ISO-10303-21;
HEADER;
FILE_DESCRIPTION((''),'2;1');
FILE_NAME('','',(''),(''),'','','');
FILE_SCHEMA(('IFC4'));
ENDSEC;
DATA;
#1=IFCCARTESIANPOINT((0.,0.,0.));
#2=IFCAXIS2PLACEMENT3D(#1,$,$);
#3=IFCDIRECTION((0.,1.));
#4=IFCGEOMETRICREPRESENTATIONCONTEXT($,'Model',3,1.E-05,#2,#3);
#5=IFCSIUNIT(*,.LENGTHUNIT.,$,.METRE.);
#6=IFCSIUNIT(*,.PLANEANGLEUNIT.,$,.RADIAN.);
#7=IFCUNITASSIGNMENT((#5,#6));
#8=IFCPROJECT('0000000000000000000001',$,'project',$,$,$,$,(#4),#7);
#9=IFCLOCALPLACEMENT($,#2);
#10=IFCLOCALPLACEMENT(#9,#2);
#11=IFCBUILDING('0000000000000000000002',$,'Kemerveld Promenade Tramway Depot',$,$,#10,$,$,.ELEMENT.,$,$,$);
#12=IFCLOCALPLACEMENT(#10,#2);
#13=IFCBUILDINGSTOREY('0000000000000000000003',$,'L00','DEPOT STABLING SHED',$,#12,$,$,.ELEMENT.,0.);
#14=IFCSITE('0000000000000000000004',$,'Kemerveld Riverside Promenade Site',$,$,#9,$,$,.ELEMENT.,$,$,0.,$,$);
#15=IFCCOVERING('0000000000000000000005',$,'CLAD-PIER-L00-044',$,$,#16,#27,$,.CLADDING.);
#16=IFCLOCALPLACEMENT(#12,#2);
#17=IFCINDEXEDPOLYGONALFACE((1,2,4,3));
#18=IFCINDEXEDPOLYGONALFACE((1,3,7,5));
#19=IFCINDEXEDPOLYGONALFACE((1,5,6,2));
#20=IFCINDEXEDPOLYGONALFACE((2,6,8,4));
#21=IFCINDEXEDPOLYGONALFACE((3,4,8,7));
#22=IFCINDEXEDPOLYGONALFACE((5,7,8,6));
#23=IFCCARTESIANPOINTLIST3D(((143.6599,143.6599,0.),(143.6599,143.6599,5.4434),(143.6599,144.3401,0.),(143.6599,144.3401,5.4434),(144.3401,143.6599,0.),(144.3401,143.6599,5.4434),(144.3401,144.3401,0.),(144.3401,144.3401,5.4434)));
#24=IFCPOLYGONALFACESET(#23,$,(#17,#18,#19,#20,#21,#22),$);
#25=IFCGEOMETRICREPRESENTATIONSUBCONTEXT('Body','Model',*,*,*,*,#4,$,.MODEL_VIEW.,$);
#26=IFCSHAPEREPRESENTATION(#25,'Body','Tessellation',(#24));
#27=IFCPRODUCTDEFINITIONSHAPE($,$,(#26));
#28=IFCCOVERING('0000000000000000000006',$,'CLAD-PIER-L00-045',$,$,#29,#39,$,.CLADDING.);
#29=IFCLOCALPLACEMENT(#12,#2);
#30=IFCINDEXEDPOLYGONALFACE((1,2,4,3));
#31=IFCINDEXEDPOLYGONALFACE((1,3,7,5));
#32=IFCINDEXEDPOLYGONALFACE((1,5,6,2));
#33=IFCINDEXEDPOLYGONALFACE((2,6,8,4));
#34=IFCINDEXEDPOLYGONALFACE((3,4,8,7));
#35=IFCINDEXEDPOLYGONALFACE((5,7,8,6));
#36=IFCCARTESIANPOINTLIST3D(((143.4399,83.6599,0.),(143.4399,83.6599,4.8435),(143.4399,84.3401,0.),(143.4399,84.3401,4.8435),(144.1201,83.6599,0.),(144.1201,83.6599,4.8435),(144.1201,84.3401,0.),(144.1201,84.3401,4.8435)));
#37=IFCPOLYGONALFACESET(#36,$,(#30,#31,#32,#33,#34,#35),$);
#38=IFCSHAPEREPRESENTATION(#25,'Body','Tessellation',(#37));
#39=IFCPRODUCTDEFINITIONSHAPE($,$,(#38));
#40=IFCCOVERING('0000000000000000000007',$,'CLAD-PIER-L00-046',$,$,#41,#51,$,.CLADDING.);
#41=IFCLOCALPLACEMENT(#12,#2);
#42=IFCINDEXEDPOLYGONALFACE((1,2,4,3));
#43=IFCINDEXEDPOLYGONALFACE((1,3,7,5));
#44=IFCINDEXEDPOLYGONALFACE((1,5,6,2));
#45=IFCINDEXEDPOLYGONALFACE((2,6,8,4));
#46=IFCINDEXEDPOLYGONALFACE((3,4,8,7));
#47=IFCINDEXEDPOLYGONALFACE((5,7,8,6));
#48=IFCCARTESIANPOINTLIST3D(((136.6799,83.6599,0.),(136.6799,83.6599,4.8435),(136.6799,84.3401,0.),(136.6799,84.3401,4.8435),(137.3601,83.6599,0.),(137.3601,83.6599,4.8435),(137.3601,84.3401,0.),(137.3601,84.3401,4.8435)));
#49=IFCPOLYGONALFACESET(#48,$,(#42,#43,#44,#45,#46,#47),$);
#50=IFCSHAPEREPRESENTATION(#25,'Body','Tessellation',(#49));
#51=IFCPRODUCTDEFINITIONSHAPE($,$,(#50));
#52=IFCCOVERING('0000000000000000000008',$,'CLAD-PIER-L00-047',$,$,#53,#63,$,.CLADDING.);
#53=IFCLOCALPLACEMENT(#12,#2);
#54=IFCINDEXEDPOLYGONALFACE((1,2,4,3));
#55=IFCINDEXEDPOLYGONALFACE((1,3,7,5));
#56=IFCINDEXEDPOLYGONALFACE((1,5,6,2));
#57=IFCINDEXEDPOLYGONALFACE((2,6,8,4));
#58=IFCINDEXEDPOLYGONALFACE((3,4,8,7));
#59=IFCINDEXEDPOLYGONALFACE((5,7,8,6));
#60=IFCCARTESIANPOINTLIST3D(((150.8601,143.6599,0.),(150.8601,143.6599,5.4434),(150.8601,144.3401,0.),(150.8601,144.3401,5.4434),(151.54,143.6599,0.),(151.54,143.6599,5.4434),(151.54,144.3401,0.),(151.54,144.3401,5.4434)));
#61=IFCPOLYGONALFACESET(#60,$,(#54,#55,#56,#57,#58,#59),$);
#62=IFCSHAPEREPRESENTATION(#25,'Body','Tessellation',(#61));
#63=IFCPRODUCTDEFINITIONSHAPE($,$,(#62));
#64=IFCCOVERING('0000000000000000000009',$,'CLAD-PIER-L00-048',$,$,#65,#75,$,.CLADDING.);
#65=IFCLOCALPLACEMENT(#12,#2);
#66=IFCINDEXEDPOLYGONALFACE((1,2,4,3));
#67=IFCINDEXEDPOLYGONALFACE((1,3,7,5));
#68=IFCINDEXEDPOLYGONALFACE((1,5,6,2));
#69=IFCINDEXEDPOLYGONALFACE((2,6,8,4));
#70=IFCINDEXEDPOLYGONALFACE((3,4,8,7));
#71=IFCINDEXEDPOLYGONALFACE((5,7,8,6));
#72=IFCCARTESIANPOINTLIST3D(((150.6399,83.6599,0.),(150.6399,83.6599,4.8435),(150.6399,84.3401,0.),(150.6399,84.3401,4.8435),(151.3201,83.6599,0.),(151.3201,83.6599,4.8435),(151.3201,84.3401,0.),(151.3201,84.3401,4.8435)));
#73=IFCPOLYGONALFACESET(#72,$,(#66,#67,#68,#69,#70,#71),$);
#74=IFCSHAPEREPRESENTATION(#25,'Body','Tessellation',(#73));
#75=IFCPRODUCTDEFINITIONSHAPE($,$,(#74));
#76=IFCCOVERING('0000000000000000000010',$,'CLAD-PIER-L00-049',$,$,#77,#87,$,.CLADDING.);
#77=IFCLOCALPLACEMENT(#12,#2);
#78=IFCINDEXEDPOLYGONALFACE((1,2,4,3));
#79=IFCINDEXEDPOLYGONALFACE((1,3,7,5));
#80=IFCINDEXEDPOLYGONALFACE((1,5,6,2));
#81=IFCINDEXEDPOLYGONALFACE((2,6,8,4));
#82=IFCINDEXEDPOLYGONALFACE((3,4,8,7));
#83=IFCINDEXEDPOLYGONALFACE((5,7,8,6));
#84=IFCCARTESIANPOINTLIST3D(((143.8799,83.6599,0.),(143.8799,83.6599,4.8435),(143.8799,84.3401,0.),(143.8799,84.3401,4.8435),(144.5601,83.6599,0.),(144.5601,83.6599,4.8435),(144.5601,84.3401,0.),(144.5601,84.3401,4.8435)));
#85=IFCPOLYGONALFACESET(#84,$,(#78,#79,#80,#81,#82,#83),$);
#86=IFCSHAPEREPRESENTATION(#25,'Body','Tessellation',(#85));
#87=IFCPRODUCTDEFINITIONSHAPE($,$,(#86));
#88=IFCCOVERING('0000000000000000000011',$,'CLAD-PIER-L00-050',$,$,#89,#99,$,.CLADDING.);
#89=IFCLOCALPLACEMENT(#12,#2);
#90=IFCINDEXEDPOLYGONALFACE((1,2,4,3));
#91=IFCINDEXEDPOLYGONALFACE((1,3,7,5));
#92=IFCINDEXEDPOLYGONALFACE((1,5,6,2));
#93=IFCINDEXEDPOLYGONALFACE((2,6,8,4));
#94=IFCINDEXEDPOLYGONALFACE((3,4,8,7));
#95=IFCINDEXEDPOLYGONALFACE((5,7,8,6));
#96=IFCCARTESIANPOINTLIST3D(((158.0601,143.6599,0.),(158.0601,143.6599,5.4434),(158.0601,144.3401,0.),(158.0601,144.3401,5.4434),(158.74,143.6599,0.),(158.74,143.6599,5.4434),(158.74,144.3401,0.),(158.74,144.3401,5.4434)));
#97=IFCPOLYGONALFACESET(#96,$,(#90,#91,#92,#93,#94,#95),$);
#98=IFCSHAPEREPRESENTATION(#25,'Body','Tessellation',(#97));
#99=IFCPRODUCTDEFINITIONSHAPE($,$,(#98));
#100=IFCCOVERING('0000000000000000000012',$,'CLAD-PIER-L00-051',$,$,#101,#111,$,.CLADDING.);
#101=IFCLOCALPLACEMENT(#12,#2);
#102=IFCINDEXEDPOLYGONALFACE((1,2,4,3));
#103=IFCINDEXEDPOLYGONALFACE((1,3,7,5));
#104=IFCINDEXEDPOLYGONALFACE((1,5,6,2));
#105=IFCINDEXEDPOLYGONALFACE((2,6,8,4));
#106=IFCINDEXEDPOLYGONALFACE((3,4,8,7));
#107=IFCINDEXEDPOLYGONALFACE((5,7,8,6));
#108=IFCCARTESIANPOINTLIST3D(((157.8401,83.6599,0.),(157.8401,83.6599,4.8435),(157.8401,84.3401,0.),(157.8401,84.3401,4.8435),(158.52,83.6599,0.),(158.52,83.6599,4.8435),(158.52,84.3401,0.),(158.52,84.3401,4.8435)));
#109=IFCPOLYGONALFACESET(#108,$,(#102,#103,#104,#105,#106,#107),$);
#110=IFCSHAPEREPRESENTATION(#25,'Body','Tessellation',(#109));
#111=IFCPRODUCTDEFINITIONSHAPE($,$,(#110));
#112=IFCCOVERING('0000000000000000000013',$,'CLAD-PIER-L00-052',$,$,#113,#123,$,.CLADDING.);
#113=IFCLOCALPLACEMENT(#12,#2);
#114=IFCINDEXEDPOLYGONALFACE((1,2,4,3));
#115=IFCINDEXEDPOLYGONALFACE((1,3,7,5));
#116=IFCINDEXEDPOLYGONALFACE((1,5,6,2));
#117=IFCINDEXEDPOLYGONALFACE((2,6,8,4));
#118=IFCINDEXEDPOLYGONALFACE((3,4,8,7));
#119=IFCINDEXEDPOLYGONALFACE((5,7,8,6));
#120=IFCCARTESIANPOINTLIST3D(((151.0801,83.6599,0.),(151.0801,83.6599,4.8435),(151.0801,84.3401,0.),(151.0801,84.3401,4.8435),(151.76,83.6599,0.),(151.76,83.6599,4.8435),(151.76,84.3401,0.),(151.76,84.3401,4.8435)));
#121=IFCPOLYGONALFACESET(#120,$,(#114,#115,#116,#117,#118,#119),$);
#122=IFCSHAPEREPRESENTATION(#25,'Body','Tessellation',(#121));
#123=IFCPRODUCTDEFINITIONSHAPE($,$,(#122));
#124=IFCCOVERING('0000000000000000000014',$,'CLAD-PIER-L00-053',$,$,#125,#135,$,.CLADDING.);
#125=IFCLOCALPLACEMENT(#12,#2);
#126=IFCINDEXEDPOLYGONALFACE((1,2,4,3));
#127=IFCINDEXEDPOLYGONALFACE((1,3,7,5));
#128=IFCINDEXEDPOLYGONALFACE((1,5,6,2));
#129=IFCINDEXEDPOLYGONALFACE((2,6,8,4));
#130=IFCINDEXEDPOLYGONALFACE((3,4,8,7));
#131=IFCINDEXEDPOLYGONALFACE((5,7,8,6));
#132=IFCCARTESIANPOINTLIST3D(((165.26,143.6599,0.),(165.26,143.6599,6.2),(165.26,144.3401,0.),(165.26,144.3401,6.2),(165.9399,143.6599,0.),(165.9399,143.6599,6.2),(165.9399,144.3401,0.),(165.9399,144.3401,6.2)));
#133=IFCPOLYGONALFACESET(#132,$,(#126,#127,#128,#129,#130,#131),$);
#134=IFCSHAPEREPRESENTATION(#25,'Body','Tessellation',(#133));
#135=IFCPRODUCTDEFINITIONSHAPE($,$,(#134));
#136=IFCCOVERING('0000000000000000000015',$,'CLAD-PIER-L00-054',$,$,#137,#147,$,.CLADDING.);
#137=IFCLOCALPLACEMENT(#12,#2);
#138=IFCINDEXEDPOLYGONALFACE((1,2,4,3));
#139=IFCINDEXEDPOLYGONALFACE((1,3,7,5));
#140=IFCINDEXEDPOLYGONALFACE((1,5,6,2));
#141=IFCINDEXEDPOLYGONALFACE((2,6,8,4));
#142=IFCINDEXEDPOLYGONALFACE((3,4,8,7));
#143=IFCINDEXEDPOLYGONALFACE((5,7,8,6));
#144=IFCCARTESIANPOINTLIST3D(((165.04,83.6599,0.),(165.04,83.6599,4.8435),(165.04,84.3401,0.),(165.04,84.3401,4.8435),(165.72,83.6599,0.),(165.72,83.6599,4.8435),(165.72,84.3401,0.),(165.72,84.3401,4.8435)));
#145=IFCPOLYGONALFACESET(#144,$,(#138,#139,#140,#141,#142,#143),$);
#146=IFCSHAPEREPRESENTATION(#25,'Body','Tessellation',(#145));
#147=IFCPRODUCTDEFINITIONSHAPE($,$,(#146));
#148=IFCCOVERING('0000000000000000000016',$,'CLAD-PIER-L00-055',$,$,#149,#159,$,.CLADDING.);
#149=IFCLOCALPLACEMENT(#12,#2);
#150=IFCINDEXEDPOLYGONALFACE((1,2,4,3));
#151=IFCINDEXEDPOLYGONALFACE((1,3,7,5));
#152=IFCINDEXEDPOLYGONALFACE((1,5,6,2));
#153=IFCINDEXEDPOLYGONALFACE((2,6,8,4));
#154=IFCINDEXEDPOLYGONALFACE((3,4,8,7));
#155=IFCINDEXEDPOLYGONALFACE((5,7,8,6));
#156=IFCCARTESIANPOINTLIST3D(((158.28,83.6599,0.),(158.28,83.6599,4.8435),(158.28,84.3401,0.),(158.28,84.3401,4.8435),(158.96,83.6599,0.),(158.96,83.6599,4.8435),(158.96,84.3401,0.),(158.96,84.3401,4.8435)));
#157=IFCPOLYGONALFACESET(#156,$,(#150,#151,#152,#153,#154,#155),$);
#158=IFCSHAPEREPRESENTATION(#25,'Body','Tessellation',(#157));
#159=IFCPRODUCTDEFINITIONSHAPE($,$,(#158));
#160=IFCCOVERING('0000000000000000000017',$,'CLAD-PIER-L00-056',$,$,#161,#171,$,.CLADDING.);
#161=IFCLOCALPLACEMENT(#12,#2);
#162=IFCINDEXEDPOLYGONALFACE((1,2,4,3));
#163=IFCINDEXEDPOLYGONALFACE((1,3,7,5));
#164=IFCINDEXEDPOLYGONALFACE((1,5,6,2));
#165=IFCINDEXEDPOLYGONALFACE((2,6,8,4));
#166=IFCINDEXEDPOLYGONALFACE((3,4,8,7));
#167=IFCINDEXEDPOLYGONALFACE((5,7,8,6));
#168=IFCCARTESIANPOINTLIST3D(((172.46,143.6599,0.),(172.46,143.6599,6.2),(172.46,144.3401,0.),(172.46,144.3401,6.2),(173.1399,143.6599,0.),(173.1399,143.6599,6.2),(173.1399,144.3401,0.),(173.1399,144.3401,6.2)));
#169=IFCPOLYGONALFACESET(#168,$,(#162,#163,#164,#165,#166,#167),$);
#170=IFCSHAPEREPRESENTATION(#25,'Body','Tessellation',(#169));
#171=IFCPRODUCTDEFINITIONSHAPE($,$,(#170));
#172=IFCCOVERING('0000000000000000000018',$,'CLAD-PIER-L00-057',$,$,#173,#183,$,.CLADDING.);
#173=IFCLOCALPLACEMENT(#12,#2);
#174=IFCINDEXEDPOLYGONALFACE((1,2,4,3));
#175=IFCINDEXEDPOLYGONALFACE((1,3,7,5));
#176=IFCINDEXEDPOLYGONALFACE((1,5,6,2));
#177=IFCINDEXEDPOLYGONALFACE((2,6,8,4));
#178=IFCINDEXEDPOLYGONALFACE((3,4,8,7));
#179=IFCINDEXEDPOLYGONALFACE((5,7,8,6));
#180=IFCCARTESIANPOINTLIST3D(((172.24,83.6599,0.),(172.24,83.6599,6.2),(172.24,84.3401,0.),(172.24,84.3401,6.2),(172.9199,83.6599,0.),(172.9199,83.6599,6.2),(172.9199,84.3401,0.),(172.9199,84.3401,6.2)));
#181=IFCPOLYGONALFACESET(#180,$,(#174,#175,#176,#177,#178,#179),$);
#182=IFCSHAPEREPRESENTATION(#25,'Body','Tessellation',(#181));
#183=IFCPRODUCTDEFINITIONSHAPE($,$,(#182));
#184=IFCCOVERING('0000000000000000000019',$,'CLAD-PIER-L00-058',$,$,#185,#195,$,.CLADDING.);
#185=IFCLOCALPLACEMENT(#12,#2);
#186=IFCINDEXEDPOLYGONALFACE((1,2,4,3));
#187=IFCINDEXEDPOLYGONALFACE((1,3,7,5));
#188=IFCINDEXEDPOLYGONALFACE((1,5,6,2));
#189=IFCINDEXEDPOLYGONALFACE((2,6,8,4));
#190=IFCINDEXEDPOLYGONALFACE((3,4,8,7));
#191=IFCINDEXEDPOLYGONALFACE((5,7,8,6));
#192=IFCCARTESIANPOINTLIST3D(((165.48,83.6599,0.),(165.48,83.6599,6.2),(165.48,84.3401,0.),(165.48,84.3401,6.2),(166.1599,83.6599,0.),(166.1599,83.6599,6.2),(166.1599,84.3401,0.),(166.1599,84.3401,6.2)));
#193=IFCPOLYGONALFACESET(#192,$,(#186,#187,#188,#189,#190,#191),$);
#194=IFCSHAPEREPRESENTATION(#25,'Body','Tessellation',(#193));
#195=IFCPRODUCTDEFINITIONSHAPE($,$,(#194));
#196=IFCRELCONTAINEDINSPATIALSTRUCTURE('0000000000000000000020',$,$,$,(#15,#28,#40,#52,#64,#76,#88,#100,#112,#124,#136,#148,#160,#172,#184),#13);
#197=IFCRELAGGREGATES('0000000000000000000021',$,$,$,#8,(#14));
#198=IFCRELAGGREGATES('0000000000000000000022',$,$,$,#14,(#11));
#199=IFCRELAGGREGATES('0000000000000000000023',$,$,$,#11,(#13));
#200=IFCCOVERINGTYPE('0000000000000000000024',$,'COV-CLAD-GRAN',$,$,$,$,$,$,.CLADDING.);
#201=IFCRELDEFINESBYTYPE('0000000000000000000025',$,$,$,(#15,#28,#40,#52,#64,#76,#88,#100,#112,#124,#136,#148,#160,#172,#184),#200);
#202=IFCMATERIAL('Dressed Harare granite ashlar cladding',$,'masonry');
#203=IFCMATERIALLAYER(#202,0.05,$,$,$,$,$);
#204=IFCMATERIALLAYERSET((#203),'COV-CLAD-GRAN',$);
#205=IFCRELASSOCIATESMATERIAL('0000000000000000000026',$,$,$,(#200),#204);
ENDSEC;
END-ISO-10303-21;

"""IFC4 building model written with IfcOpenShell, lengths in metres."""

from ifc_helpers import new_model, si_unit, direction, origin, place, context, subcontext, project, spatial, polyline, outline, extrude, material, layer, layer_set, type_object, element, save


model = new_model("IFC4")

# Units and contexts
model_context = context("Model", 3, precision=1e-05, world=origin(), true_north=direction((0.0, 1.0)))
body_context = subcontext(model_context, "Body", "Model", "MODEL_VIEW")
ifc_project = project(units=[si_unit("LENGTHUNIT", "METRE"), si_unit("PLANEANGLEUNIT", "RADIAN")], contexts=[model_context])

# Site, building, storey
site_placement = place(None, origin())
site = spatial("IfcSite", under=ifc_project, at=site_placement, Name="Kemerveld Riverside Promenade Site", CompositionType="ELEMENT", RefElevation=0.0)
building_placement = place(site_placement, origin())
building = spatial("IfcBuilding", under=site, at=building_placement, Name="Kemerveld Promenade Tramway Depot", CompositionType="ELEMENT")
storey_placement = place(building_placement, origin())
storey = spatial("IfcBuildingStorey", under=building, at=storey_placement, Name="L00", Description="DEPOT STABLING SHED", CompositionType="ELEMENT", Elevation=0.0)

# Coverings
ifc_material = material(Name="Dressed Harare granite ashlar cladding", Category="masonry")
ifc_layer = layer(ifc_material, 0.05)
ifc_layer_set = layer_set([ifc_layer], Name="COV-CLAD-GRAN")
covering_type = type_object("IfcCoveringType", Name="COV-CLAD-GRAN", PredefinedType="CLADDING", material=ifc_layer_set)
covering_1_placement = place(storey_placement, origin())
element("IfcCovering", 1, at=covering_1_placement, inside=storey, type_object=covering_type, Name="CLAD-PIER-L00-044", PredefinedType="CLADDING", context=body_context, shape_type="SweptSolid", body=[
    extrude(outline(polyline([(143.6599, 143.6599), (144.3401, 143.6599), (144.3401, 144.3401), (143.6599, 144.3401), (143.6599, 143.6599)])), origin(), (0.0, 0.0, 1.0), 5.4434),
])
covering_2_placement = place(storey_placement, origin())
element("IfcCovering", 2, at=covering_2_placement, inside=storey, type_object=covering_type, Name="CLAD-PIER-L00-045", PredefinedType="CLADDING", context=body_context, shape_type="SweptSolid", body=[
    extrude(outline(polyline([(143.4399, 83.6599), (144.1201, 83.6599), (144.1201, 84.3401), (143.4399, 84.3401), (143.4399, 83.6599)])), origin(), (0.0, 0.0, 1.0), 4.8435),
])
covering_3_placement = place(storey_placement, origin())
element("IfcCovering", 3, at=covering_3_placement, inside=storey, type_object=covering_type, Name="CLAD-PIER-L00-046", PredefinedType="CLADDING", context=body_context, shape_type="SweptSolid", body=[
    extrude(outline(polyline([(136.6799, 83.6599), (137.3601, 83.6599), (137.3601, 84.3401), (136.6799, 84.3401), (136.6799, 83.6599)])), origin(), (0.0, 0.0, 1.0), 4.8435),
])
covering_4_placement = place(storey_placement, origin())
element("IfcCovering", 4, at=covering_4_placement, inside=storey, type_object=covering_type, Name="CLAD-PIER-L00-047", PredefinedType="CLADDING", context=body_context, shape_type="SweptSolid", body=[
    extrude(outline(polyline([(150.8601, 143.6599), (151.54, 143.6599), (151.54, 144.3401), (150.8601, 144.3401), (150.8601, 143.6599)])), origin(), (0.0, 0.0, 1.0), 5.4434),
])
covering_5_placement = place(storey_placement, origin())
element("IfcCovering", 5, at=covering_5_placement, inside=storey, type_object=covering_type, Name="CLAD-PIER-L00-048", PredefinedType="CLADDING", context=body_context, shape_type="SweptSolid", body=[
    extrude(outline(polyline([(150.6399, 83.6599), (151.3201, 83.6599), (151.3201, 84.3401), (150.6399, 84.3401), (150.6399, 83.6599)])), origin(), (0.0, 0.0, 1.0), 4.8435),
])
covering_6_placement = place(storey_placement, origin())
element("IfcCovering", 6, at=covering_6_placement, inside=storey, type_object=covering_type, Name="CLAD-PIER-L00-049", PredefinedType="CLADDING", context=body_context, shape_type="SweptSolid", body=[
    extrude(outline(polyline([(143.8799, 83.6599), (144.5601, 83.6599), (144.5601, 84.3401), (143.8799, 84.3401), (143.8799, 83.6599)])), origin(), (0.0, 0.0, 1.0), 4.8435),
])
covering_7_placement = place(storey_placement, origin())
element("IfcCovering", 7, at=covering_7_placement, inside=storey, type_object=covering_type, Name="CLAD-PIER-L00-050", PredefinedType="CLADDING", context=body_context, shape_type="SweptSolid", body=[
    extrude(outline(polyline([(158.0601, 143.6599), (158.74, 143.6599), (158.74, 144.3401), (158.0601, 144.3401), (158.0601, 143.6599)])), origin(), (0.0, 0.0, 1.0), 5.4434),
])
covering_8_placement = place(storey_placement, origin())
element("IfcCovering", 8, at=covering_8_placement, inside=storey, type_object=covering_type, Name="CLAD-PIER-L00-051", PredefinedType="CLADDING", context=body_context, shape_type="SweptSolid", body=[
    extrude(outline(polyline([(157.8401, 83.6599), (158.52, 83.6599), (158.52, 84.3401), (157.8401, 84.3401), (157.8401, 83.6599)])), origin(), (0.0, 0.0, 1.0), 4.8435),
])
covering_9_placement = place(storey_placement, origin())
element("IfcCovering", 9, at=covering_9_placement, inside=storey, type_object=covering_type, Name="CLAD-PIER-L00-052", PredefinedType="CLADDING", context=body_context, shape_type="SweptSolid", body=[
    extrude(outline(polyline([(151.0801, 83.6599), (151.76, 83.6599), (151.76, 84.3401), (151.0801, 84.3401), (151.0801, 83.6599)])), origin(), (0.0, 0.0, 1.0), 4.8435),
])
covering_10_placement = place(storey_placement, origin())
element("IfcCovering", 10, at=covering_10_placement, inside=storey, type_object=covering_type, Name="CLAD-PIER-L00-053", PredefinedType="CLADDING", context=body_context, shape_type="SweptSolid", body=[
    extrude(outline(polyline([(165.26, 143.6599), (165.9399, 143.6599), (165.9399, 144.3401), (165.26, 144.3401), (165.26, 143.6599)])), origin(), (0.0, 0.0, 1.0), 6.2),
])
covering_11_placement = place(storey_placement, origin())
element("IfcCovering", 11, at=covering_11_placement, inside=storey, type_object=covering_type, Name="CLAD-PIER-L00-054", PredefinedType="CLADDING", context=body_context, shape_type="SweptSolid", body=[
    extrude(outline(polyline([(165.04, 83.6599), (165.72, 83.6599), (165.72, 84.3401), (165.04, 84.3401), (165.04, 83.6599)])), origin(), (0.0, 0.0, 1.0), 4.8435),
])
covering_12_placement = place(storey_placement, origin())
element("IfcCovering", 12, at=covering_12_placement, inside=storey, type_object=covering_type, Name="CLAD-PIER-L00-055", PredefinedType="CLADDING", context=body_context, shape_type="SweptSolid", body=[
    extrude(outline(polyline([(158.28, 83.6599), (158.96, 83.6599), (158.96, 84.3401), (158.28, 84.3401), (158.28, 83.6599)])), origin(), (0.0, 0.0, 1.0), 4.8435),
])
covering_13_placement = place(storey_placement, origin())
element("IfcCovering", 13, at=covering_13_placement, inside=storey, type_object=covering_type, Name="CLAD-PIER-L00-056", PredefinedType="CLADDING", context=body_context, shape_type="SweptSolid", body=[
    extrude(outline(polyline([(172.46, 143.6599), (173.1399, 143.6599), (173.1399, 144.3401), (172.46, 144.3401), (172.46, 143.6599)])), origin(), (0.0, 0.0, 1.0), 6.2),
])
covering_14_placement = place(storey_placement, origin())
element("IfcCovering", 14, at=covering_14_placement, inside=storey, type_object=covering_type, Name="CLAD-PIER-L00-057", PredefinedType="CLADDING", context=body_context, shape_type="SweptSolid", body=[
    extrude(outline(polyline([(172.24, 83.6599), (172.9199, 83.6599), (172.9199, 84.3401), (172.24, 84.3401), (172.24, 83.6599)])), origin(), (0.0, 0.0, 1.0), 6.2),
])
covering_15_placement = place(storey_placement, origin())
element("IfcCovering", 15, at=covering_15_placement, inside=storey, type_object=covering_type, Name="CLAD-PIER-L00-058", PredefinedType="CLADDING", context=body_context, shape_type="SweptSolid", body=[
    extrude(outline(polyline([(165.48, 83.6599), (166.1599, 83.6599), (166.1599, 84.3401), (165.48, 84.3401), (165.48, 83.6599)])), origin(), (0.0, 0.0, 1.0), 6.2),
])

save(model, "model.ifc")
